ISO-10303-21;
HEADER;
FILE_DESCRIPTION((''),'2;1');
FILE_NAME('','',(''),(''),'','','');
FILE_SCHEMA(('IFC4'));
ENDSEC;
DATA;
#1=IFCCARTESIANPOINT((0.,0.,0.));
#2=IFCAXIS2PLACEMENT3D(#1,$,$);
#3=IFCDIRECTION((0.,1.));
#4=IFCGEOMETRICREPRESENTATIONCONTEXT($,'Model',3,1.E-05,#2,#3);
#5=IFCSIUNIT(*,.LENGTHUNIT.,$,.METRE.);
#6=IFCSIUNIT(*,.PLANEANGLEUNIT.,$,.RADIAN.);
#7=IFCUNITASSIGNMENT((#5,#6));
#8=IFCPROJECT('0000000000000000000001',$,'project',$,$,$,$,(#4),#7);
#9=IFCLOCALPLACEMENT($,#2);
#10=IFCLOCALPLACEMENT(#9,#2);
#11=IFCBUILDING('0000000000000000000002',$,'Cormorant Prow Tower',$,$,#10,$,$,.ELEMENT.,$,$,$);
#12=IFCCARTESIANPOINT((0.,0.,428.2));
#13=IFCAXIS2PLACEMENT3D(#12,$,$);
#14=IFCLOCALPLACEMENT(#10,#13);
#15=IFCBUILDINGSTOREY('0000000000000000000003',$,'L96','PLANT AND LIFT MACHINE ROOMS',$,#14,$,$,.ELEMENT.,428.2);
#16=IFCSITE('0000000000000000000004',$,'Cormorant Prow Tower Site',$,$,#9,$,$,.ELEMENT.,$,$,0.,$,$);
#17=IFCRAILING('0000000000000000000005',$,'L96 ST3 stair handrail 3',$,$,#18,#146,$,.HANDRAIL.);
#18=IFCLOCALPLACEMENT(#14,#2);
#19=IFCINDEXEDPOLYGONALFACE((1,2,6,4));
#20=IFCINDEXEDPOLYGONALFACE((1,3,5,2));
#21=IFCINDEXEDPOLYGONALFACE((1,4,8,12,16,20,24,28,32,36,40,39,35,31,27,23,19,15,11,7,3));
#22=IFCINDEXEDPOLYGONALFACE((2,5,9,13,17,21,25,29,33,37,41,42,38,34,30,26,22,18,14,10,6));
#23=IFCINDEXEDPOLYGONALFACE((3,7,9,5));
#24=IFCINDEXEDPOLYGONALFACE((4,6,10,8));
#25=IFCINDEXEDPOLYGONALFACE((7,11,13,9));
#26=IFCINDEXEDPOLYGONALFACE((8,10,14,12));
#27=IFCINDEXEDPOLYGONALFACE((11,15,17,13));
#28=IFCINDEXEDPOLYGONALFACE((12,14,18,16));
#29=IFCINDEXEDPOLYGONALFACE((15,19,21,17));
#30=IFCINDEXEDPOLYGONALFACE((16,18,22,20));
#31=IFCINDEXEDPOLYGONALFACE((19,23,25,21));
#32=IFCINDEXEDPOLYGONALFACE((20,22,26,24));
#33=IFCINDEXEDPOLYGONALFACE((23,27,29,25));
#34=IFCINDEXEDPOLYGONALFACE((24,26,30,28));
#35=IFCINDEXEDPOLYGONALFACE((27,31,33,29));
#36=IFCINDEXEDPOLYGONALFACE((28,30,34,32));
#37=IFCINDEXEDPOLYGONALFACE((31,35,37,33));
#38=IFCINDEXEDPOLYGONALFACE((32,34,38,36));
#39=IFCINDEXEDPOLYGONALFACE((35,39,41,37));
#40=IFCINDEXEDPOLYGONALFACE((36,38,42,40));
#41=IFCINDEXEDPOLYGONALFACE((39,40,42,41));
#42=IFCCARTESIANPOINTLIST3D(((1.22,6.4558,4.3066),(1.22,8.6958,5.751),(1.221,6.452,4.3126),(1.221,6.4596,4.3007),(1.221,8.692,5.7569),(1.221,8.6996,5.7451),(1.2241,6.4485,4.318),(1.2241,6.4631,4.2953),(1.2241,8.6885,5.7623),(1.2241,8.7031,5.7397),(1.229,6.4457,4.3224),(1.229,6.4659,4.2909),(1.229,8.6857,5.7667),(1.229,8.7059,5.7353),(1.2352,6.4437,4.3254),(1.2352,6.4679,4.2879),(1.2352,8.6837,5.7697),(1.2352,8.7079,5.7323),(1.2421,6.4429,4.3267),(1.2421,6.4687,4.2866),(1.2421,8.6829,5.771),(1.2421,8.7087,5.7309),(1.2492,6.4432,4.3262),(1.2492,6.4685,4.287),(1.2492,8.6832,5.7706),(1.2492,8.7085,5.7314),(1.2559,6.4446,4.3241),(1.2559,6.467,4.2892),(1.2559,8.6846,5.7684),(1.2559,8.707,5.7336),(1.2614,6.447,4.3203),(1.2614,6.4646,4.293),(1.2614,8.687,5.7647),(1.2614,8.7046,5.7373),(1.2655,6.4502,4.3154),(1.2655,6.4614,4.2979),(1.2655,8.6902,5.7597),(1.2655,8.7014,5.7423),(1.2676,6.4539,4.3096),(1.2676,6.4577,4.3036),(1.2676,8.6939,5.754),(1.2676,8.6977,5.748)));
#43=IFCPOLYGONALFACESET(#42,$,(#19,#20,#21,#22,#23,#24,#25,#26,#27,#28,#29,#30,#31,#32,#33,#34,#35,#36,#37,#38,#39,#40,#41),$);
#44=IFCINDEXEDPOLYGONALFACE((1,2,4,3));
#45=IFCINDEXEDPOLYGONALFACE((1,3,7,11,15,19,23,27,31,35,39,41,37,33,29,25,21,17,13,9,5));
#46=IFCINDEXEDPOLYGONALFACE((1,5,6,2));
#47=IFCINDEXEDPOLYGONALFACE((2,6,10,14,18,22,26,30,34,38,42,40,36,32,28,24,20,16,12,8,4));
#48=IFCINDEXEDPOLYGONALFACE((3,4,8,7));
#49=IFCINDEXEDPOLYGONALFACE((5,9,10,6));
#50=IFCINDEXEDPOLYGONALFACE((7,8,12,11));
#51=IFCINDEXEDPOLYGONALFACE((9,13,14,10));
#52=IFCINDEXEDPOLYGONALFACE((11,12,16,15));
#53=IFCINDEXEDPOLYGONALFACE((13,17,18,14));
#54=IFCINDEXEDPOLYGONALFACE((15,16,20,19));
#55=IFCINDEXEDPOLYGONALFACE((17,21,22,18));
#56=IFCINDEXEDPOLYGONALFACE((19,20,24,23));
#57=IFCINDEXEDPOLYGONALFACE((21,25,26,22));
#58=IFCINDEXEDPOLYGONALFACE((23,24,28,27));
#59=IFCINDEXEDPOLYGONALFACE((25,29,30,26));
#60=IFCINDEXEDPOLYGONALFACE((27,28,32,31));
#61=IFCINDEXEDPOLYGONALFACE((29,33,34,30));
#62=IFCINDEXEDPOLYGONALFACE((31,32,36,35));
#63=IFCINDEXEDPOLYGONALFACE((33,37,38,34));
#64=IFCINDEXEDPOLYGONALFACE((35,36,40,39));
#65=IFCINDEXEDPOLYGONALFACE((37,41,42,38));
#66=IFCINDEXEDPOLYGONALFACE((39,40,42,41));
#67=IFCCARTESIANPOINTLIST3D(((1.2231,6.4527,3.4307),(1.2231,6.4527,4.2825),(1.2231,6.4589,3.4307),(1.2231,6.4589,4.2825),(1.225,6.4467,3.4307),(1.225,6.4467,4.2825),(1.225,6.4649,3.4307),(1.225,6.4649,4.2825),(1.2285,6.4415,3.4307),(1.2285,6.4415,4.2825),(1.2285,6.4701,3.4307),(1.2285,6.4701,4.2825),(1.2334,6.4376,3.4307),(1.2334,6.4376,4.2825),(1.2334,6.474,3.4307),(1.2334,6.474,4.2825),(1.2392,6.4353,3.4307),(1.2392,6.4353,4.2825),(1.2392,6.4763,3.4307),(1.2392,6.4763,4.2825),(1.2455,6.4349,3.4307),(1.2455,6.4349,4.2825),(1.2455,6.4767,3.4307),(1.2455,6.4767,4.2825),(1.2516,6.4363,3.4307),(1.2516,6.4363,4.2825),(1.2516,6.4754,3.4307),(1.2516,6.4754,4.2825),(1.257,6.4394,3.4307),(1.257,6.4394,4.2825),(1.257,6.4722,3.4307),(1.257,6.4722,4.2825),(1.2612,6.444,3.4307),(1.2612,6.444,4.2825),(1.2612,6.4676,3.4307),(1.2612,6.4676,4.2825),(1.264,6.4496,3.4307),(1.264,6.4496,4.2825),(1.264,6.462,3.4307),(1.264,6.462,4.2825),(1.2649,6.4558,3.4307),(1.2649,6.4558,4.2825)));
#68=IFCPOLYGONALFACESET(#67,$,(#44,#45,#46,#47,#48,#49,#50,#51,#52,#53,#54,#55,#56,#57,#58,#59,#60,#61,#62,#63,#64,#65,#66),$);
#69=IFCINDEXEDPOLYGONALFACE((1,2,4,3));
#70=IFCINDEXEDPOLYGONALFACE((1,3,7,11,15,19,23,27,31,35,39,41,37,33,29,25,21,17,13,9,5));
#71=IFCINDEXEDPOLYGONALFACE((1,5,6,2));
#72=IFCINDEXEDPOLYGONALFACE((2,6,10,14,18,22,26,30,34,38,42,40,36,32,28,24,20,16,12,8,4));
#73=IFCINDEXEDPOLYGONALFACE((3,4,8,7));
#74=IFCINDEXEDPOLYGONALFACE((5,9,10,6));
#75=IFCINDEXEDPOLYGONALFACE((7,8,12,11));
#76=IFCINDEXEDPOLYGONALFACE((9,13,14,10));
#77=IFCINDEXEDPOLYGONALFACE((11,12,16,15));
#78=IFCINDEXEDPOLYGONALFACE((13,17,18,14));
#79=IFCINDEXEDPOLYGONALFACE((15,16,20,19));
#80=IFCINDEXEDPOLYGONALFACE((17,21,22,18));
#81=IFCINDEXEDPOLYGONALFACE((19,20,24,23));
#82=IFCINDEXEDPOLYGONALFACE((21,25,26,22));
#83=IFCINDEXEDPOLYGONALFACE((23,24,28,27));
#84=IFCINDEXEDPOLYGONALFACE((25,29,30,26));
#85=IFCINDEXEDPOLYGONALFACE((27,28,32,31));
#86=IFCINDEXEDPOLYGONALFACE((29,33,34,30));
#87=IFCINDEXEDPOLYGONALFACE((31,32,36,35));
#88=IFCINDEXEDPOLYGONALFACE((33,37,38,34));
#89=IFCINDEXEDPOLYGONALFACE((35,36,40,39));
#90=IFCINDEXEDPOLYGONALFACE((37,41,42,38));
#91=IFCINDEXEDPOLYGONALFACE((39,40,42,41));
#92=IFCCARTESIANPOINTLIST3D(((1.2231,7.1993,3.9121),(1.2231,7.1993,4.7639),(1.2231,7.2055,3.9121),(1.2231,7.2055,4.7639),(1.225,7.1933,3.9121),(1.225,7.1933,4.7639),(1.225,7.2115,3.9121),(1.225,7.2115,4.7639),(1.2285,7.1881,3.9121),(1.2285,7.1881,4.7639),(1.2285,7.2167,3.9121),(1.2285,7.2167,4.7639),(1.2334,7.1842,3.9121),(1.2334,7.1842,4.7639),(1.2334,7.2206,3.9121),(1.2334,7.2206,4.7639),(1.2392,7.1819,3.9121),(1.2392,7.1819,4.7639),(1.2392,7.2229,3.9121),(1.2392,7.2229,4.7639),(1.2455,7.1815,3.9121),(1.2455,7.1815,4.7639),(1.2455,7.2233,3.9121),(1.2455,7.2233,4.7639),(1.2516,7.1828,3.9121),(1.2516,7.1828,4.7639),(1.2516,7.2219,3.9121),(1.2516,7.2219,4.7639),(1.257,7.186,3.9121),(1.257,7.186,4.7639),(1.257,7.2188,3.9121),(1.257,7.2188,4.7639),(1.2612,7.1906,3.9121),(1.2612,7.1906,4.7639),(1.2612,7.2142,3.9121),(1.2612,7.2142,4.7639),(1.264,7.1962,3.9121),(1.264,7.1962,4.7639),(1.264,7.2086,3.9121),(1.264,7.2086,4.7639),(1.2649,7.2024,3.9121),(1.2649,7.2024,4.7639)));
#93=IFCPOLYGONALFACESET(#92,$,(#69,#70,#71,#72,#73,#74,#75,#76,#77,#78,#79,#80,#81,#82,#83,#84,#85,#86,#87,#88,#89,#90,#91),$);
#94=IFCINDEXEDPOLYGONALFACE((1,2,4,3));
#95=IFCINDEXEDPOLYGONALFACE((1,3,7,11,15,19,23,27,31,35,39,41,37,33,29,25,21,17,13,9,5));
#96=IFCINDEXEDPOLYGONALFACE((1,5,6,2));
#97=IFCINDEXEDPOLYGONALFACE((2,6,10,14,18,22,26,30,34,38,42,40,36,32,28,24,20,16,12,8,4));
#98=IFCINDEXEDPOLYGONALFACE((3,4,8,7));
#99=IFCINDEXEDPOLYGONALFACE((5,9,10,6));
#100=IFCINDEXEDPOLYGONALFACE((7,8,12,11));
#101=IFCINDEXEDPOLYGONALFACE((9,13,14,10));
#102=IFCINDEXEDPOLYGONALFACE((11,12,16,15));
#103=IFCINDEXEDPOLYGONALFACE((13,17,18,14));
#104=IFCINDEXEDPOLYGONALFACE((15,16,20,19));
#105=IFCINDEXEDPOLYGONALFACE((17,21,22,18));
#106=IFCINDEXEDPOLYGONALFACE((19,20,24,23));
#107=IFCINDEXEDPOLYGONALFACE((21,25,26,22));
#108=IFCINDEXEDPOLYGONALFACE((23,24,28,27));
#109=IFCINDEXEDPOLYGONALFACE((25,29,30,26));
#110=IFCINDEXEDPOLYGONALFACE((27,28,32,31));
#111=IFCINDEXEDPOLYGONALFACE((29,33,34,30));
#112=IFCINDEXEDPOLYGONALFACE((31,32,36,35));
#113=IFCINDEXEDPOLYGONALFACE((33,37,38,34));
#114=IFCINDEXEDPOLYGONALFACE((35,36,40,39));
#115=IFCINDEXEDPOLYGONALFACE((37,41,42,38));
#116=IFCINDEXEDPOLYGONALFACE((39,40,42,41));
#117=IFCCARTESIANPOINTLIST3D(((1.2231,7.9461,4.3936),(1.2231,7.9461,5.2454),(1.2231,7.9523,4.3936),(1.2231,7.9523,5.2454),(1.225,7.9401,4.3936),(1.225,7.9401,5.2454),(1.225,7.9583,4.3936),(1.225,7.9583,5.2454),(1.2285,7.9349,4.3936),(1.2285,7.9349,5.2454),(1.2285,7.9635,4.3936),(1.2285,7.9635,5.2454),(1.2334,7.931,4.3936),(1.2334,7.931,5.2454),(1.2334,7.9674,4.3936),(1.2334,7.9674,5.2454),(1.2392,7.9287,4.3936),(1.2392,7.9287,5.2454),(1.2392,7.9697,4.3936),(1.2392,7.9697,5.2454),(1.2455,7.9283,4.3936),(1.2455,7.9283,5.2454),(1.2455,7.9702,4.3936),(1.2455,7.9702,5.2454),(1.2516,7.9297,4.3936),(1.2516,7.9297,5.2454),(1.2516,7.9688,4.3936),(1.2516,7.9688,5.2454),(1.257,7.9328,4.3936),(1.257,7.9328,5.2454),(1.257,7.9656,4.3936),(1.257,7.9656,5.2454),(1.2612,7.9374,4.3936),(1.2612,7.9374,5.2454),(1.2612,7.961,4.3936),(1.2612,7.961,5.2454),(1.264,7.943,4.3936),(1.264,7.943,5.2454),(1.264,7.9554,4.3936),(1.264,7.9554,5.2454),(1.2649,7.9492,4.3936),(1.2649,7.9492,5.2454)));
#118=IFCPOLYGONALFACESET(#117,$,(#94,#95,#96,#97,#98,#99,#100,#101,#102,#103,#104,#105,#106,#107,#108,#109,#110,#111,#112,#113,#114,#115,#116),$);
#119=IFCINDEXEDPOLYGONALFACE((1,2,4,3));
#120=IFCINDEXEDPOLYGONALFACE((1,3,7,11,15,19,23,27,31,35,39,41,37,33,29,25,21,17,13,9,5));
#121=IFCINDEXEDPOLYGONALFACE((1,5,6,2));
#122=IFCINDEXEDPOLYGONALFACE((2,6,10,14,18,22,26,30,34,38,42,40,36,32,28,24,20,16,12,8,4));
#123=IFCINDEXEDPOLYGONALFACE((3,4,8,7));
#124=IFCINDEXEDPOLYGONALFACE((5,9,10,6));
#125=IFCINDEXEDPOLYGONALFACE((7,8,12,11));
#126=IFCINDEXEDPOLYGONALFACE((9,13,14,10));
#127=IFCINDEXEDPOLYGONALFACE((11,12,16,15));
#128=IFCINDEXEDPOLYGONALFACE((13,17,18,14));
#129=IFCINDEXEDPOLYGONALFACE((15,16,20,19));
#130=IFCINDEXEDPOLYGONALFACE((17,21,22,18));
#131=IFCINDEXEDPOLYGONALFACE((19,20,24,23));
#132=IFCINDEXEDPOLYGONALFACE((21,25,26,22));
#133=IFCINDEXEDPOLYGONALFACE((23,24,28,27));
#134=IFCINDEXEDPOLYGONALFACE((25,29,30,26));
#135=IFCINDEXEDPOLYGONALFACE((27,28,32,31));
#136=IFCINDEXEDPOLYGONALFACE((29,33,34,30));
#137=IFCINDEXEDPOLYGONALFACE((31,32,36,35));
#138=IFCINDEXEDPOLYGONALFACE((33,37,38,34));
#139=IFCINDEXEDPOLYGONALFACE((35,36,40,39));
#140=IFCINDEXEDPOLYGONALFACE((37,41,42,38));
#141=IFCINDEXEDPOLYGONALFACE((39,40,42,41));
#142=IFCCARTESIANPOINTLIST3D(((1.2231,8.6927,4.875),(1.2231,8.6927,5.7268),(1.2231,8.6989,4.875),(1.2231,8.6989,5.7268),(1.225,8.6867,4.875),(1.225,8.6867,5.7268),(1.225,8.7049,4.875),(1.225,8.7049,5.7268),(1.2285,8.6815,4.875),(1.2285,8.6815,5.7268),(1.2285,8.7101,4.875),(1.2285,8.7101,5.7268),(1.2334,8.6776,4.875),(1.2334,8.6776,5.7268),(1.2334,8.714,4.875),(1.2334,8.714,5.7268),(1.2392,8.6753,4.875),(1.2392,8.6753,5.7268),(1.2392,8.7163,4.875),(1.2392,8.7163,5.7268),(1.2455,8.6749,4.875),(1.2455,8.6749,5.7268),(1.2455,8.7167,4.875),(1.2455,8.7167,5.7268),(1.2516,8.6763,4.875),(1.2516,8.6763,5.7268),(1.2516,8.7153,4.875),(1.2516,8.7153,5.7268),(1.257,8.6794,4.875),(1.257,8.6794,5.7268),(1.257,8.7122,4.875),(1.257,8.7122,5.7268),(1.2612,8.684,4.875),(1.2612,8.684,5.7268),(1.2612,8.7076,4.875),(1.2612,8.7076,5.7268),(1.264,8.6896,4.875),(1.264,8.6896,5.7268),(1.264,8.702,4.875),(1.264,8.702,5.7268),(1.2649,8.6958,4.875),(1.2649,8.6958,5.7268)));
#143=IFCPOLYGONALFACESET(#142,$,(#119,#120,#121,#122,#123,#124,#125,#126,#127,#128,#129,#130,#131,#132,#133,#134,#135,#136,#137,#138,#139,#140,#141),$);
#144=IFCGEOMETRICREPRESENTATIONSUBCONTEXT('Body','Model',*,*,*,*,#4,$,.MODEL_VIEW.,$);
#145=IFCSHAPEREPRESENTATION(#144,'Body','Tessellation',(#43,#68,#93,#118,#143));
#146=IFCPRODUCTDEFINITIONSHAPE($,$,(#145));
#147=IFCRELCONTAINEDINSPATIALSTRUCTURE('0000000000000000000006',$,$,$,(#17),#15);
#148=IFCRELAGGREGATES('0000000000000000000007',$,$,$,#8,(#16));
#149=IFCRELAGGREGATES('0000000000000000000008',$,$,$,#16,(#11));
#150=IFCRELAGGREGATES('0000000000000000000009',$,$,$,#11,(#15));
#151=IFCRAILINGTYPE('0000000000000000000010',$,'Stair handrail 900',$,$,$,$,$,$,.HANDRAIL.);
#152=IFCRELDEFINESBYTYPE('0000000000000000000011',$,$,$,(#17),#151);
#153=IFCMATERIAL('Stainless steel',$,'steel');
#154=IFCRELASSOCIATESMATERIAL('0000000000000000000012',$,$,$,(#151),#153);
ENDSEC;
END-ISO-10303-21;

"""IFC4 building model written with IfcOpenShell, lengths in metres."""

from ifc_helpers import new_model, si_unit, direction, frame, origin, origin_2d, place, context, subcontext, project, spatial, circle, extrude, material, type_object, element, save


model = new_model("IFC4")

# Units and contexts
model_context = context("Model", 3, precision=1e-05, world=origin(), true_north=direction((0.0, 1.0)))
body_context = subcontext(model_context, "Body", "Model", "MODEL_VIEW")
ifc_project = project(units=[si_unit("LENGTHUNIT", "METRE"), si_unit("PLANEANGLEUNIT", "RADIAN")], contexts=[model_context])

# Site, building, storey
site_placement = place(None, origin())
site = spatial("IfcSite", under=ifc_project, at=site_placement, Name="Cormorant Prow Tower Site", CompositionType="ELEMENT", RefElevation=0.0)
building_placement = place(site_placement, origin())
building = spatial("IfcBuilding", under=site, at=building_placement, Name="Cormorant Prow Tower", CompositionType="ELEMENT")
storey_placement = place(building_placement, frame((0.0, 0.0, 428.2)))
storey = spatial("IfcBuildingStorey", under=building, at=storey_placement, Name="L96", Description="PLANT AND LIFT MACHINE ROOMS", CompositionType="ELEMENT", Elevation=428.2)

# Railing
ifc_material_1 = material(Name="Stainless steel", Category="steel")
railing_type_1 = type_object("IfcRailingType", Name="Stair handrail 900", PredefinedType="HANDRAIL", material=ifc_material_1)
for number, where, name in (
    (1, (1.2439, 6.4558, 3.4307), "L96 ST3 stair handrail 3"),
):
    element("IfcRailing", number, at=place(storey_placement, frame(where)), inside=storey, type_object=railing_type_1, Name=name, PredefinedType="HANDRAIL", context=body_context, shape_type="SweptSolid", body=[
        extrude(circle(Radius=0.0239, at=origin_2d()), frame((0.0, 0.0, 0.876), z_axis=(0.0, 0.840437, 0.54191), x_axis=(-1.0, 0.0, 0.0)), (0.0, 0.0, 1.0), 2.6653),
        extrude(circle(Radius=0.021, at=origin_2d()), origin(), (0.0, 0.0, 1.0), 0.8518),
        extrude(circle(Radius=0.021, at=origin_2d()), frame((0.0, 0.7466, 0.4814)), (0.0, 0.0, 1.0), 0.8518),
        extrude(circle(Radius=0.021, at=origin_2d()), frame((0.0, 1.4934, 0.9629)), (0.0, 0.0, 1.0), 0.8518),
        extrude(circle(Radius=0.021, at=origin_2d()), frame((0.0, 2.24, 1.4443)), (0.0, 0.0, 1.0), 0.8518),
    ])

save(model, "model.ifc")
